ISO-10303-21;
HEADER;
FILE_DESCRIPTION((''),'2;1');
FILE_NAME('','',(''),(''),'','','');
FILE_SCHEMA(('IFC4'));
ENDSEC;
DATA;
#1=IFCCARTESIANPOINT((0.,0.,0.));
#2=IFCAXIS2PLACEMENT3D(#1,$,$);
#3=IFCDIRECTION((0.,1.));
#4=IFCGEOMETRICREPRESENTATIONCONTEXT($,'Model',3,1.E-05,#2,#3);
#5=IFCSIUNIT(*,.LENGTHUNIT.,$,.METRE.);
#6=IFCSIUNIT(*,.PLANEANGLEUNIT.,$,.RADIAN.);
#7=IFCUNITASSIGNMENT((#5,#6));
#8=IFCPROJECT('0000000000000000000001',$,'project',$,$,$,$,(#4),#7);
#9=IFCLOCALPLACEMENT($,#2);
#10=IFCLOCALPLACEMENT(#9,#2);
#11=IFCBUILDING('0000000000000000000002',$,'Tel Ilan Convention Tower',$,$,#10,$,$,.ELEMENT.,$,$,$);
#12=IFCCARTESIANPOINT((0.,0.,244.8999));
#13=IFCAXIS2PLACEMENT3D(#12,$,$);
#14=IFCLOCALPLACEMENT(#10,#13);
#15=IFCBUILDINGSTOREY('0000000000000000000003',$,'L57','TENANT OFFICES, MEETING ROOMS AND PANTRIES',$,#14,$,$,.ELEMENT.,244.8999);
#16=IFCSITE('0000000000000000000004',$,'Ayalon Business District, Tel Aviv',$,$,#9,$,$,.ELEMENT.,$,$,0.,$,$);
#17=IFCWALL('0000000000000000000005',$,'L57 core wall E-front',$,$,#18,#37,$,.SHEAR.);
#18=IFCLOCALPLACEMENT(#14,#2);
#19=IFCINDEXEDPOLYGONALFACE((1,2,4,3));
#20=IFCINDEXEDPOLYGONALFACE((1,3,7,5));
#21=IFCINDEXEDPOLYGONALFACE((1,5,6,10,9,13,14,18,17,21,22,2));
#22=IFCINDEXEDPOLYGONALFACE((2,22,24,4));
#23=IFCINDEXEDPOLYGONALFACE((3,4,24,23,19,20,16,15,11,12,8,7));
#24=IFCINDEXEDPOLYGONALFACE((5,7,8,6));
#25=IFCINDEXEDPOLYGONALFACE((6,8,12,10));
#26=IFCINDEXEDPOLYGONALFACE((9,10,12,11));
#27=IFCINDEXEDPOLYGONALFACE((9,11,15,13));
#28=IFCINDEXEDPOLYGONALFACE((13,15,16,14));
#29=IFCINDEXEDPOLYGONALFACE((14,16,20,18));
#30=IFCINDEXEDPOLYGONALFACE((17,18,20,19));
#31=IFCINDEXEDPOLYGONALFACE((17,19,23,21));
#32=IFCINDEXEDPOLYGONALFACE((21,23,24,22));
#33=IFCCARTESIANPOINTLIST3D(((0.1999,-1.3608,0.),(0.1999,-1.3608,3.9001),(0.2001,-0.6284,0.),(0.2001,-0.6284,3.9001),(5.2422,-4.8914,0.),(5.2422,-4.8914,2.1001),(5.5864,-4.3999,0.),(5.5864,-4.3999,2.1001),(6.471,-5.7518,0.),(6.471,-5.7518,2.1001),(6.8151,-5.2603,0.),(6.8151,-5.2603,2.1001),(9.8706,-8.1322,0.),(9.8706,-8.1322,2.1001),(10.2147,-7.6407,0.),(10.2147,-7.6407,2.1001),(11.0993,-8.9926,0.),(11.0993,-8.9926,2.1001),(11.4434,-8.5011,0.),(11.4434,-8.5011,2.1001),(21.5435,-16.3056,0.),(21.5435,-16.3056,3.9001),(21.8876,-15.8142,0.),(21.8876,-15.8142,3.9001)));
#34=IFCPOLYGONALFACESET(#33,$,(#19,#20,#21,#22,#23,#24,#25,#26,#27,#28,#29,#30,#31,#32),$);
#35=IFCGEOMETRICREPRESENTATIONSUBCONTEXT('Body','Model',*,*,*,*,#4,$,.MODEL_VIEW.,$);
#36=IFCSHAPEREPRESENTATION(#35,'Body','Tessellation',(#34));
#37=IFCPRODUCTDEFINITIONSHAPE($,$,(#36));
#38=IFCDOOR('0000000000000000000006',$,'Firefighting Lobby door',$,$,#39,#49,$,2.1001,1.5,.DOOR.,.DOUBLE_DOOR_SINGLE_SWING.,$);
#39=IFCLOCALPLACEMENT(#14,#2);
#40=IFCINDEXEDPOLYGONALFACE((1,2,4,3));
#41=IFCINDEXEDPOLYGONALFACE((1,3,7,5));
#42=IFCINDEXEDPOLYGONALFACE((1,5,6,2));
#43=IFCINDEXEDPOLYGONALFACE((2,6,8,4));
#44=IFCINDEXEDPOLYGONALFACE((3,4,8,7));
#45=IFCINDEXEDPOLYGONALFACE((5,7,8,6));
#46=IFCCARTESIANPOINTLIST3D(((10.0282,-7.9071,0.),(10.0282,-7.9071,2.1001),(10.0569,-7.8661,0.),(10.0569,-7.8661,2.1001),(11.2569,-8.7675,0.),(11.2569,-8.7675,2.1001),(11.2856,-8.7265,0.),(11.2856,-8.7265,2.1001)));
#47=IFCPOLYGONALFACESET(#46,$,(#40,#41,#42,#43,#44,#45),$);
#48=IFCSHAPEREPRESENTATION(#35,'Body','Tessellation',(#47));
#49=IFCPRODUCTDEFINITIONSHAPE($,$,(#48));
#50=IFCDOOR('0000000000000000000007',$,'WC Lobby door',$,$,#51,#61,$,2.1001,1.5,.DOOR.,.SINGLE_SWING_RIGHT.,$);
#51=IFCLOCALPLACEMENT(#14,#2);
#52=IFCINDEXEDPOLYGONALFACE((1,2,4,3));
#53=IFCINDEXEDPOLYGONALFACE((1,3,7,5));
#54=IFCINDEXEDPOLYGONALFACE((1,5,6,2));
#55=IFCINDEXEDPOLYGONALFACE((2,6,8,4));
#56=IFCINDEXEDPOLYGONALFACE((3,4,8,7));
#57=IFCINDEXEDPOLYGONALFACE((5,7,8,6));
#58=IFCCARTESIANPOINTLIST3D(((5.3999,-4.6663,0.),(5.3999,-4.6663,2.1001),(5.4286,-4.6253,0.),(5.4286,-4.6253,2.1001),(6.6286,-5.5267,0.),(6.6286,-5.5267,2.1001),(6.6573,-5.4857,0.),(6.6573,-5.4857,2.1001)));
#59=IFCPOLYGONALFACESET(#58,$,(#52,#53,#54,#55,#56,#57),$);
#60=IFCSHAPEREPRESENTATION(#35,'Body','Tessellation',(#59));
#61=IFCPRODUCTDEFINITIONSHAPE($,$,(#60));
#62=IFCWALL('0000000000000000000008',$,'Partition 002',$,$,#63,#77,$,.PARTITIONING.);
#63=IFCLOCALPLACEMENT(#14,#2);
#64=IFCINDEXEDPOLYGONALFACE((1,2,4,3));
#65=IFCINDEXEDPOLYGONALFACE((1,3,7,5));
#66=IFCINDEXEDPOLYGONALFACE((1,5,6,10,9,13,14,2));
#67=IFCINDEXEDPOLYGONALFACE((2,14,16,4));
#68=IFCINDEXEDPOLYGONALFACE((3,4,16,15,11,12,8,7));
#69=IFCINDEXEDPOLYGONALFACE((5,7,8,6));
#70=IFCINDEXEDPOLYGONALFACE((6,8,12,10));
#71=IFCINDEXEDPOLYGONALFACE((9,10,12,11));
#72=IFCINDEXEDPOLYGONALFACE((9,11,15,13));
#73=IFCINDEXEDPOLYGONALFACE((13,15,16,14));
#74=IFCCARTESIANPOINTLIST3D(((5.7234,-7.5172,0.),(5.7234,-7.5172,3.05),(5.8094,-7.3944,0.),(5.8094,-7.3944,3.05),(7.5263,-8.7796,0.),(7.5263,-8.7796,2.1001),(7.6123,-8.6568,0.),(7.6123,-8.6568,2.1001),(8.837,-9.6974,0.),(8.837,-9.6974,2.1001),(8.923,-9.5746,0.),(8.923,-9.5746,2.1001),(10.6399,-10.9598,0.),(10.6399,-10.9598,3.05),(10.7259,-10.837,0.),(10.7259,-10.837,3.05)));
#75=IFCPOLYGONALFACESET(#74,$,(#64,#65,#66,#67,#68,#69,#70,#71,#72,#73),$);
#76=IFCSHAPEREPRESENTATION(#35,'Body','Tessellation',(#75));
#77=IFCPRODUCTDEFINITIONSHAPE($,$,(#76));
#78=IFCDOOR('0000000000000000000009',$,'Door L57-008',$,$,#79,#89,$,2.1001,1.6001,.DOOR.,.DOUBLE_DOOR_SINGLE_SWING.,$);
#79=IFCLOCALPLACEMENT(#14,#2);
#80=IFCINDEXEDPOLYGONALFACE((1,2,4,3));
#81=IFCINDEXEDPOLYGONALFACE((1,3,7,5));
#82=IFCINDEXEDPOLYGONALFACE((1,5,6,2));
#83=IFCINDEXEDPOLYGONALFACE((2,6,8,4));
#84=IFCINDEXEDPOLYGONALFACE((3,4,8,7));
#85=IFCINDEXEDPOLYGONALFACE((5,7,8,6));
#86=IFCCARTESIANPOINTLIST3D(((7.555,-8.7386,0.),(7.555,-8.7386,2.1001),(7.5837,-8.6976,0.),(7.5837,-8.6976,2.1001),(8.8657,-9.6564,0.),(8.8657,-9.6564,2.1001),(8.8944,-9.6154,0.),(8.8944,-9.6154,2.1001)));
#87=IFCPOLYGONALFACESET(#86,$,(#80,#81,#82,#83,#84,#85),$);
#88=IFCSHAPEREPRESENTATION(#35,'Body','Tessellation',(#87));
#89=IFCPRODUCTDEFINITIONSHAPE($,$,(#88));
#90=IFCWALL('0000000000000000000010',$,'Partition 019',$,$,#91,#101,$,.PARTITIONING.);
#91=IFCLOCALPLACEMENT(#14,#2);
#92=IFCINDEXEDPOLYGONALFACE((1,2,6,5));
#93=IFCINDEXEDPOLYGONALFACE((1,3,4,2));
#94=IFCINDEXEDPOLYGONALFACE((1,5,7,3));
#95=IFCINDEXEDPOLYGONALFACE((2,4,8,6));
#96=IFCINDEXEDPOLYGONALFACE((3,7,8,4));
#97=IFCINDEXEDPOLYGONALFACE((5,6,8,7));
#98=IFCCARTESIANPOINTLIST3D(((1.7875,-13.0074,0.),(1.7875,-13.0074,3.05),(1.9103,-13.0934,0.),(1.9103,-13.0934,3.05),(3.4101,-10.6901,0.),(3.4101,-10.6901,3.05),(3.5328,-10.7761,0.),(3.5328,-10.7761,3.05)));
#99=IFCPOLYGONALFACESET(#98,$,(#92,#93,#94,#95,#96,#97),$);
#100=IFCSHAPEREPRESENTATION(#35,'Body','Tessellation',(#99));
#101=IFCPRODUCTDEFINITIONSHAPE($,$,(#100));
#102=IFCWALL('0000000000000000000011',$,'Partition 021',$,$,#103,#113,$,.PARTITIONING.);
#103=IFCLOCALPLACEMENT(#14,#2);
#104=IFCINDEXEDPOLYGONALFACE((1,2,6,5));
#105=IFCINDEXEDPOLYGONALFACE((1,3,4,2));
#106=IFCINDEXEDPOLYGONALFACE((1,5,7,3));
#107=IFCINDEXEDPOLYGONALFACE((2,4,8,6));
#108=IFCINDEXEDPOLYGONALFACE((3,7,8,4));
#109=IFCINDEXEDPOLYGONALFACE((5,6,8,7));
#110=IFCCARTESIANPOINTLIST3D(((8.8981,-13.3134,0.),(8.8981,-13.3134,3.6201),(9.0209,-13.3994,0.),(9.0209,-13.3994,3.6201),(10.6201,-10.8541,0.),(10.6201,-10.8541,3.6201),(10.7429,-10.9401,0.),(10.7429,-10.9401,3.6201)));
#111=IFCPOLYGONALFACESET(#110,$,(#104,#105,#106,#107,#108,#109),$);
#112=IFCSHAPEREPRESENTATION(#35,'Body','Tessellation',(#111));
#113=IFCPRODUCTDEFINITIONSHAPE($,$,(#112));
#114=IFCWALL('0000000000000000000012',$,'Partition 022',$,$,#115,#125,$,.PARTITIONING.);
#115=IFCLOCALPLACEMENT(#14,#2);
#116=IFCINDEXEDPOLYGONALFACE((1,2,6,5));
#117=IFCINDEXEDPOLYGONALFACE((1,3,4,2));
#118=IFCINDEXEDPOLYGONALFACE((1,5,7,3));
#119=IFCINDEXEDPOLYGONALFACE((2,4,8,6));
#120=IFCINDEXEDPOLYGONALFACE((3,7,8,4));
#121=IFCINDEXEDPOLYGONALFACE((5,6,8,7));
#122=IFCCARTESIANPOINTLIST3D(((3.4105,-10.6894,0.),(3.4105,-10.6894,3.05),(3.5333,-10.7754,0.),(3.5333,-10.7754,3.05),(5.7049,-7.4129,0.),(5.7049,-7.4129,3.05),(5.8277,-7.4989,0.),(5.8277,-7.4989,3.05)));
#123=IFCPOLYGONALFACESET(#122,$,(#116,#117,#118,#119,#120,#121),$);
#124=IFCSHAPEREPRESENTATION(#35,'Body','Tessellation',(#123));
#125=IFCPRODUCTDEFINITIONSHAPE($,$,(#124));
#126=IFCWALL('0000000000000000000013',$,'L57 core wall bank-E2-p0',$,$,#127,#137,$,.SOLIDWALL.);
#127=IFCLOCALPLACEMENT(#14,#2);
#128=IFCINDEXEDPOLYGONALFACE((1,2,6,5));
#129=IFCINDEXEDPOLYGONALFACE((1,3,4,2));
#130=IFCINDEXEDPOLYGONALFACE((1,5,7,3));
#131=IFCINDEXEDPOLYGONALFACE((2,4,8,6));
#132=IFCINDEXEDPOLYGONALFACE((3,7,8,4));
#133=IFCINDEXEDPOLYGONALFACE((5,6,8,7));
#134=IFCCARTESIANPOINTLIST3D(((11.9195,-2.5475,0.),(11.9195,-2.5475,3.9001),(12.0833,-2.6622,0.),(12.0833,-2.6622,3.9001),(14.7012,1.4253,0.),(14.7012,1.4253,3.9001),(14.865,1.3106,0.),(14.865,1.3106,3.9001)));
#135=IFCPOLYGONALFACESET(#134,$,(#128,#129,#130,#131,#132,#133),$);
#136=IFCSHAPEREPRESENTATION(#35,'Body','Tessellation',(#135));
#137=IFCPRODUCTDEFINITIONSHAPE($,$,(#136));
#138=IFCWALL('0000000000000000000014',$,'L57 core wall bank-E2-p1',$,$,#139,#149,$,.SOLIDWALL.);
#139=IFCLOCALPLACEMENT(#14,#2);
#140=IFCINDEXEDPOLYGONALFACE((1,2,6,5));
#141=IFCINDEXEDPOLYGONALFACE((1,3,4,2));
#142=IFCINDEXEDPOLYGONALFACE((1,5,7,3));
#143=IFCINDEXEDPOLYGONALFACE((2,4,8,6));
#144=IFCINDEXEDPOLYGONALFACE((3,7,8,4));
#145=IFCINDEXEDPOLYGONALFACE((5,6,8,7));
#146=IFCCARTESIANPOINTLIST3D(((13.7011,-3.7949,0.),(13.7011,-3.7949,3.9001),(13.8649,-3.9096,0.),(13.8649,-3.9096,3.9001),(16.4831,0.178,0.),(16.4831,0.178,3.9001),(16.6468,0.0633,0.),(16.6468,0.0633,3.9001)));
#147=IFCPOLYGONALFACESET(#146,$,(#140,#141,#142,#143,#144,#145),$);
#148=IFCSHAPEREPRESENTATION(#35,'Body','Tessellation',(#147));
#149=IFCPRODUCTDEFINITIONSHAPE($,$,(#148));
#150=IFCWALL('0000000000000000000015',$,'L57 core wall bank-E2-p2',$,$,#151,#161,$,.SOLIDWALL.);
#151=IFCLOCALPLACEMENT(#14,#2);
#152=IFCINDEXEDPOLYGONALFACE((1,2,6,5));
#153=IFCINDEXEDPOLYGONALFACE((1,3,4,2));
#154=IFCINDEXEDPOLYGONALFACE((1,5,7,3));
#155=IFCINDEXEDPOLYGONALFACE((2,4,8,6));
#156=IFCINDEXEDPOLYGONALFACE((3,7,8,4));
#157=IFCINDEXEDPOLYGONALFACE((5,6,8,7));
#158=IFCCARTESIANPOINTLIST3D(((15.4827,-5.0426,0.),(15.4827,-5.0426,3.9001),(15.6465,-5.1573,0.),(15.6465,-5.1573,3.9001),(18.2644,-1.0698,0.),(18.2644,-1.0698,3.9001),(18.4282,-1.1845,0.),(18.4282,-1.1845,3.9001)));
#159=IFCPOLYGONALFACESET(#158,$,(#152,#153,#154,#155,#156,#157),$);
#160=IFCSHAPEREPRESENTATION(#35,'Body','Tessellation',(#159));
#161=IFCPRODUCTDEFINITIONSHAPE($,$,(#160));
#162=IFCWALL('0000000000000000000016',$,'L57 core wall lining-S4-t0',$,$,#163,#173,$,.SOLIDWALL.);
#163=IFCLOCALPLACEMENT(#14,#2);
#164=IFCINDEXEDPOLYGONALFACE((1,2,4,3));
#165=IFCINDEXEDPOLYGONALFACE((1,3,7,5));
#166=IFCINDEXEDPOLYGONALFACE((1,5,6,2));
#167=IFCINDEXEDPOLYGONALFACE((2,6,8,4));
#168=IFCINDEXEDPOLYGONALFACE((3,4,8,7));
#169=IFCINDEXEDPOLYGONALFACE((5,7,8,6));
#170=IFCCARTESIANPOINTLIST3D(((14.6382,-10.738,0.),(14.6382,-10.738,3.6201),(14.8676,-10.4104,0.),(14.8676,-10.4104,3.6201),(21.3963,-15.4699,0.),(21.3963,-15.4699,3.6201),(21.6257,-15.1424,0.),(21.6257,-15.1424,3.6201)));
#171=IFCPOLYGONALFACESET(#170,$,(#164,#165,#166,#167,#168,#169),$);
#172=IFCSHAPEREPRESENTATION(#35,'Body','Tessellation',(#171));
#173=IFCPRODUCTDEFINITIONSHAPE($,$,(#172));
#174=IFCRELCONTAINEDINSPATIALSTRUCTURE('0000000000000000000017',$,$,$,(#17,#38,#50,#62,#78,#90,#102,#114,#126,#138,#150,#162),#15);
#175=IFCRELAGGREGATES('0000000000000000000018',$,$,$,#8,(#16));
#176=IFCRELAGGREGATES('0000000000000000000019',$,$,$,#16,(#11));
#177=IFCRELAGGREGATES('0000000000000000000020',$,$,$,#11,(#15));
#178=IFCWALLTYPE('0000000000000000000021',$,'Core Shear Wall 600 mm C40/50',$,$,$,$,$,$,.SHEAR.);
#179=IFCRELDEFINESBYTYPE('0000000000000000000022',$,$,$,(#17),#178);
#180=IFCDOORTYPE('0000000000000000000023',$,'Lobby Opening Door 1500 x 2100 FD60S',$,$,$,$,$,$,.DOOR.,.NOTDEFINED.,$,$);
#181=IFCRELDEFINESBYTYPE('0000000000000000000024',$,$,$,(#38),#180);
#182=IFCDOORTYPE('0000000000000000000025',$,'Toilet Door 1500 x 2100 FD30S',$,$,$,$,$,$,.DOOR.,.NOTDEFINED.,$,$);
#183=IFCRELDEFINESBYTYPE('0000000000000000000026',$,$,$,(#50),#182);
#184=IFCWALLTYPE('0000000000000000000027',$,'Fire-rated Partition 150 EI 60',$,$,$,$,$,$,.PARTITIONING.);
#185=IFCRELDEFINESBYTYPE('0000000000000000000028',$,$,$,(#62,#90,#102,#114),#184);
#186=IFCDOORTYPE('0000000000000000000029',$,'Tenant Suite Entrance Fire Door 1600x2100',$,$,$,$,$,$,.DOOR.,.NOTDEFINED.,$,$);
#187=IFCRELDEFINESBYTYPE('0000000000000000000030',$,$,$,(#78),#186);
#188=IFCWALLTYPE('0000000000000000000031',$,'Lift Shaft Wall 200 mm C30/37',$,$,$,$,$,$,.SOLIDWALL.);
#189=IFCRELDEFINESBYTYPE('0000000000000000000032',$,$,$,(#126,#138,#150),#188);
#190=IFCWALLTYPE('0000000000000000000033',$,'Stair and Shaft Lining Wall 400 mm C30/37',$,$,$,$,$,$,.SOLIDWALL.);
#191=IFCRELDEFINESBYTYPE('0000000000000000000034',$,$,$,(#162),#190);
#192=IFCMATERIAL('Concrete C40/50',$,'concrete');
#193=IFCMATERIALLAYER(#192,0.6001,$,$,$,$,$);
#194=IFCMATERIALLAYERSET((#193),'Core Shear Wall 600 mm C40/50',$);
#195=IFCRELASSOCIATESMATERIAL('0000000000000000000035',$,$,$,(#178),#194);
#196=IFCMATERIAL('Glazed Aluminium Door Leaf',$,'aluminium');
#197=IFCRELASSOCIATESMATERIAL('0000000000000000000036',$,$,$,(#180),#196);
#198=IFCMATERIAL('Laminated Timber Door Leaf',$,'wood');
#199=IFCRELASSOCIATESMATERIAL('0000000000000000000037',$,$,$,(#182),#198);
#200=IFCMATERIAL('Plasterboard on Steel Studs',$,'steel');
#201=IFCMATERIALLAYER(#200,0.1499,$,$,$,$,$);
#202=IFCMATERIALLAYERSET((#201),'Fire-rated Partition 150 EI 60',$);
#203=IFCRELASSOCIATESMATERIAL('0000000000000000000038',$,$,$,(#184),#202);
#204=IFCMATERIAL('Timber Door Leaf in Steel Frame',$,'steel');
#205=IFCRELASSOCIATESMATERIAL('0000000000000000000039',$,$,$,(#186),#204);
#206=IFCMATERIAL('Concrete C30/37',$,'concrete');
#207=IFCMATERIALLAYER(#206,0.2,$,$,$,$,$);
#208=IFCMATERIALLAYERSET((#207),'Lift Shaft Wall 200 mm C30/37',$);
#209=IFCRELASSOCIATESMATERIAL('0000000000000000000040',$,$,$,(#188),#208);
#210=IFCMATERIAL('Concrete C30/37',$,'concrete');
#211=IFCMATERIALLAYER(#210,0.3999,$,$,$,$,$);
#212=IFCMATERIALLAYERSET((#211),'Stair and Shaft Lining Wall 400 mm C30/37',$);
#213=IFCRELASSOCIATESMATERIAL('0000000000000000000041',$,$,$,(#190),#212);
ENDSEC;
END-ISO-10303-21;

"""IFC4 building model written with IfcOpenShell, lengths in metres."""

from ifc_helpers import new_model, si_unit, direction, frame, frame_2d, origin, place, context, subcontext, project, spatial, polyline, rectangle, outline, extrude, material, layer, layer_set, type_object, element, fill, save


model = new_model("IFC4")

# Units and contexts
model_context = context("Model", 3, precision=1e-05, world=origin(), true_north=direction((0.0, 1.0)))
body_context = subcontext(model_context, "Body", "Model", "MODEL_VIEW")
ifc_project = project(units=[si_unit("LENGTHUNIT", "METRE"), si_unit("PLANEANGLEUNIT", "RADIAN")], contexts=[model_context])

# Site, building, storey
site_placement = place(None, origin())
site = spatial("IfcSite", under=ifc_project, at=site_placement, Name="Ayalon Business District, Tel Aviv", CompositionType="ELEMENT", RefElevation=0.0)
building_placement = place(site_placement, origin())
building = spatial("IfcBuilding", under=site, at=building_placement, Name="Tel Ilan Convention Tower", CompositionType="ELEMENT")
storey_placement = place(building_placement, frame((0.0, 0.0, 244.8999)))
storey = spatial("IfcBuildingStorey", under=building, at=storey_placement, Name="L57", Description="TENANT OFFICES, MEETING ROOMS AND PANTRIES", CompositionType="ELEMENT", Elevation=244.8999)

# Wall, openings, doors
ifc_material_1 = material(Name="Concrete C40/50", Category="concrete")
ifc_layer_1 = layer(ifc_material_1, 0.6001)
ifc_layer_set_1 = layer_set([ifc_layer_1], Name="Core Shear Wall 600 mm C40/50")
wall_type_1 = type_object("IfcWallType", Name="Core Shear Wall 600 mm C40/50", PredefinedType="SHEAR", material=ifc_layer_set_1)
wall_1_placement = place(storey_placement, frame((0.0278, -0.874, 0.0), z_axis=(0.0, 0.0, 1.0), x_axis=(0.81915, -0.573579, 0.0)))
wall_1 = element("IfcWall", 1, at=wall_1_placement, inside=storey, type_object=wall_type_1, Name="L57 core wall E-front", PredefinedType="SHEAR", context=body_context, shape_type="SweptSolid", body=[
    extrude(outline(polyline([(26.4758, 0.3), (0.0002, 0.3), (0.4202, -0.3), (26.4758, -0.2998), (26.4758, 0.3)])), origin(), (0.0, 0.0, 1.0), 3.9001),
])
opening_1_placement = place(wall_1_placement, frame((6.5757, 0.0, 0.0)))
opening_1 = element("IfcOpeningElement", 2, at=opening_1_placement, cuts=wall_1, PredefinedType="OPENING", context=body_context, shape_type="SweptSolid", body=[
    extrude(rectangle(XDim=1.5, YDim=2.1001, at=frame_2d((0.75, 1.05))), frame((0.0, 0.3101, 0.0), z_axis=(0.0, -1.0, 0.0), x_axis=(1.0, 0.0, 0.0)), (0.0, 0.0, 1.0), 0.6201),
])
opening_2_placement = place(wall_1_placement, frame((12.2258, 0.0, 0.0)))
opening_2 = element("IfcOpeningElement", 3, at=opening_2_placement, cuts=wall_1, PredefinedType="OPENING", context=body_context, shape_type="SweptSolid", body=[
    extrude(rectangle(XDim=1.5, YDim=2.1001, at=frame_2d((0.75, 1.05))), frame((0.0, 0.3101, 0.0), z_axis=(0.0, -1.0, 0.0), x_axis=(1.0, 0.0, 0.0)), (0.0, 0.0, 1.0), 0.6201),
])
ifc_material_2 = material(Name="Glazed Aluminium Door Leaf", Category="aluminium")
door_type_1 = type_object("IfcDoorType", Name="Lobby Opening Door 1500 x 2100 FD60S", OperationType="NOTDEFINED", PredefinedType="DOOR", material=ifc_material_2)
door_1_placement = place(opening_2_placement, origin())
door_1 = element("IfcDoor", 4, at=door_1_placement, inside=storey, type_object=door_type_1, Name="Firefighting Lobby door", OperationType="DOUBLE_DOOR_SINGLE_SWING", OverallHeight=2.1001, OverallWidth=1.5, PredefinedType="DOOR", context=body_context, shape_type="SweptSolid", body=[
    extrude(rectangle(XDim=1.5, YDim=2.1001, at=frame_2d((0.75, 1.05))), frame((0.0, 0.0249, 0.0), z_axis=(0.0, -1.0, 0.0), x_axis=(1.0, 0.0, 0.0)), (0.0, 0.0, 1.0), 0.05),
])
fill(opening_2, door_1)
ifc_material_3 = material(Name="Laminated Timber Door Leaf", Category="wood")
door_type_2 = type_object("IfcDoorType", Name="Toilet Door 1500 x 2100 FD30S", OperationType="NOTDEFINED", PredefinedType="DOOR", material=ifc_material_3)
door_2_placement = place(opening_1_placement, origin())
door_2 = element("IfcDoor", 5, at=door_2_placement, inside=storey, type_object=door_type_2, Name="WC Lobby door", OperationType="SINGLE_SWING_RIGHT", OverallHeight=2.1001, OverallWidth=1.5, PredefinedType="DOOR", context=body_context, shape_type="SweptSolid", body=[
    extrude(rectangle(XDim=1.5, YDim=2.1001, at=frame_2d((0.75, 1.05))), frame((0.0, 0.0249, 0.0), z_axis=(0.0, -1.0, 0.0), x_axis=(1.0, 0.0, 0.0)), (0.0, 0.0, 1.0), 0.05),
])
fill(opening_1, door_2)

# Wall, opening, door
ifc_material_4 = material(Name="Plasterboard on Steel Studs", Category="steel")
ifc_layer_2 = layer(ifc_material_4, 0.1499)
ifc_layer_set_2 = layer_set([ifc_layer_2], Name="Fire-rated Partition 150 EI 60")
wall_type_2 = type_object("IfcWallType", Name="Fire-rated Partition 150 EI 60", PredefinedType="PARTITIONING", material=ifc_layer_set_2)
wall_2_placement = place(storey_placement, frame((10.6829, -10.8984, 0.0), z_axis=(0.0, 0.0, 1.0), x_axis=(-0.819148, 0.573582, 0.0)))
wall_2 = element("IfcWall", 6, at=wall_2_placement, inside=storey, type_object=wall_type_2, Name="Partition 002", PredefinedType="PARTITIONING", context=body_context, shape_type="SweptSolid", body=[
    extrude(rectangle(XDim=6.002, YDim=0.1499, at=frame_2d((3.001, 0.0))), origin(), (0.0, 0.0, 1.0), 3.05),
])
opening_3_placement = place(wall_2_placement, frame((2.2009, 0.0, 0.0)))
opening_3 = element("IfcOpeningElement", 7, at=opening_3_placement, cuts=wall_2, PredefinedType="OPENING", context=body_context, shape_type="SweptSolid", body=[
    extrude(rectangle(XDim=1.6001, YDim=2.1001, at=frame_2d((0.8, 1.05))), frame((0.0, 0.085, 0.0), z_axis=(0.0, -1.0, 0.0), x_axis=(1.0, 0.0, 0.0)), (0.0, 0.0, 1.0), 0.1699),
])
ifc_material_5 = material(Name="Timber Door Leaf in Steel Frame", Category="steel")
door_type_3 = type_object("IfcDoorType", Name="Tenant Suite Entrance Fire Door 1600x2100", OperationType="NOTDEFINED", PredefinedType="DOOR", material=ifc_material_5)
door_3_placement = place(opening_3_placement, origin())
door_3 = element("IfcDoor", 8, at=door_3_placement, inside=storey, type_object=door_type_3, Name="Door L57-008", OperationType="DOUBLE_DOOR_SINGLE_SWING", OverallHeight=2.1001, OverallWidth=1.6001, PredefinedType="DOOR", context=body_context, shape_type="SweptSolid", body=[
    extrude(rectangle(XDim=1.6001, YDim=2.1001, at=frame_2d((0.8, 1.05))), frame((0.0, 0.0249, 0.0), z_axis=(0.0, -1.0, 0.0), x_axis=(1.0, 0.0, 0.0)), (0.0, 0.0, 1.0), 0.05),
])
fill(opening_3, door_3)

# Walls
wall_3_placement = place(storey_placement, frame((1.8489, -13.0505, 0.0), z_axis=(0.0, 0.0, 1.0), x_axis=(0.573555, 0.819167, 0.0)))
element("IfcWall", 9, at=wall_3_placement, inside=storey, type_object=wall_type_2, Name="Partition 019", PredefinedType="PARTITIONING", context=body_context, shape_type="SweptSolid", body=[
    extrude(rectangle(XDim=2.8289, YDim=0.1499, at=frame_2d((1.4146, 0.0))), origin(), (0.0, 0.0, 1.0), 3.05),
])
wall_4_placement = place(storey_placement, frame((10.6814, -10.8972, 0.0), z_axis=(0.0, 0.0, 1.0), x_axis=(-0.573566, -0.819159, 0.0)))
element("IfcWall", 10, at=wall_4_placement, inside=storey, type_object=wall_type_2, Name="Partition 021", PredefinedType="PARTITIONING", context=body_context, shape_type="SweptSolid", body=[
    extrude(rectangle(XDim=3.0022, YDim=0.1499, at=frame_2d((1.501, 0.0))), origin(), (0.0, 0.0, 1.0), 3.6201),
])
wall_5_placement = place(storey_placement, frame((3.4719, -10.7324, 0.0), z_axis=(0.0, 0.0, 1.0), x_axis=(0.573598, 0.819137, 0.0)))
element("IfcWall", 11, at=wall_5_placement, inside=storey, type_object=wall_type_2, Name="Partition 022", PredefinedType="PARTITIONING", context=body_context, shape_type="SweptSolid", body=[
    extrude(rectangle(XDim=4.0, YDim=0.1499, at=frame_2d((2.0, 0.0))), origin(), (0.0, 0.0, 1.0), 3.05),
])
ifc_material_6 = material(Name="Concrete C30/37", Category="concrete")
ifc_layer_3 = layer(ifc_material_6, 0.2)
ifc_layer_set_3 = layer_set([ifc_layer_3], Name="Lift Shaft Wall 200 mm C30/37")
wall_type_3 = type_object("IfcWallType", Name="Lift Shaft Wall 200 mm C30/37", PredefinedType="SOLIDWALL", material=ifc_layer_set_3)
wall_6_placement = place(storey_placement, frame((12.0015, -2.6047, 0.0), z_axis=(0.0, 0.0, 1.0), x_axis=(0.57356, 0.819163, 0.0)))
element("IfcWall", 12, at=wall_6_placement, inside=storey, type_object=wall_type_3, Name="L57 core wall bank-E2-p0", PredefinedType="SOLIDWALL", context=body_context, shape_type="SweptSolid", body=[
    extrude(rectangle(XDim=4.8499, YDim=0.2, at=frame_2d((2.4248, 0.0))), origin(), (0.0, 0.0, 1.0), 3.9001),
])
wall_7_placement = place(storey_placement, frame((13.783, -3.8523, 0.0), z_axis=(0.0, 0.0, 1.0), x_axis=(0.573594, 0.81914, 0.0)))
element("IfcWall", 13, at=wall_7_placement, inside=storey, type_object=wall_type_3, Name="L57 core wall bank-E2-p1", PredefinedType="SOLIDWALL", context=body_context, shape_type="SweptSolid", body=[
    extrude(rectangle(XDim=4.8501, YDim=0.2, at=frame_2d((2.425, 0.0))), origin(), (0.0, 0.0, 1.0), 3.9001),
])
wall_8_placement = place(storey_placement, frame((15.5647, -5.0999, 0.0), z_axis=(0.0, 0.0, 1.0), x_axis=(0.57356, 0.819163, 0.0)))
element("IfcWall", 14, at=wall_8_placement, inside=storey, type_object=wall_type_3, Name="L57 core wall bank-E2-p2", PredefinedType="SOLIDWALL", context=body_context, shape_type="SweptSolid", body=[
    extrude(rectangle(XDim=4.8499, YDim=0.2, at=frame_2d((2.4248, 0.0))), origin(), (0.0, 0.0, 1.0), 3.9001),
])
ifc_material_7 = material(Name="Concrete C30/37", Category="concrete")
ifc_layer_4 = layer(ifc_material_7, 0.3999)
ifc_layer_set_4 = layer_set([ifc_layer_4], Name="Stair and Shaft Lining Wall 400 mm C30/37")
wall_type_4 = type_object("IfcWallType", Name="Stair and Shaft Lining Wall 400 mm C30/37", PredefinedType="SOLIDWALL", material=ifc_layer_set_4)
wall_9_placement = place(storey_placement, frame((14.7529, -10.5742, 0.0), z_axis=(0.0, 0.0, 1.0), x_axis=(0.819158, -0.573568, 0.0)))
element("IfcWall", 15, at=wall_9_placement, inside=storey, type_object=wall_type_4, Name="L57 core wall lining-S4-t0", PredefinedType="SOLIDWALL", context=body_context, shape_type="SweptSolid", body=[
    extrude(rectangle(XDim=8.25, YDim=0.3999, at=frame_2d((4.125, 0.0))), origin(), (0.0, 0.0, 1.0), 3.6201),
])

save(model, "model.ifc")
